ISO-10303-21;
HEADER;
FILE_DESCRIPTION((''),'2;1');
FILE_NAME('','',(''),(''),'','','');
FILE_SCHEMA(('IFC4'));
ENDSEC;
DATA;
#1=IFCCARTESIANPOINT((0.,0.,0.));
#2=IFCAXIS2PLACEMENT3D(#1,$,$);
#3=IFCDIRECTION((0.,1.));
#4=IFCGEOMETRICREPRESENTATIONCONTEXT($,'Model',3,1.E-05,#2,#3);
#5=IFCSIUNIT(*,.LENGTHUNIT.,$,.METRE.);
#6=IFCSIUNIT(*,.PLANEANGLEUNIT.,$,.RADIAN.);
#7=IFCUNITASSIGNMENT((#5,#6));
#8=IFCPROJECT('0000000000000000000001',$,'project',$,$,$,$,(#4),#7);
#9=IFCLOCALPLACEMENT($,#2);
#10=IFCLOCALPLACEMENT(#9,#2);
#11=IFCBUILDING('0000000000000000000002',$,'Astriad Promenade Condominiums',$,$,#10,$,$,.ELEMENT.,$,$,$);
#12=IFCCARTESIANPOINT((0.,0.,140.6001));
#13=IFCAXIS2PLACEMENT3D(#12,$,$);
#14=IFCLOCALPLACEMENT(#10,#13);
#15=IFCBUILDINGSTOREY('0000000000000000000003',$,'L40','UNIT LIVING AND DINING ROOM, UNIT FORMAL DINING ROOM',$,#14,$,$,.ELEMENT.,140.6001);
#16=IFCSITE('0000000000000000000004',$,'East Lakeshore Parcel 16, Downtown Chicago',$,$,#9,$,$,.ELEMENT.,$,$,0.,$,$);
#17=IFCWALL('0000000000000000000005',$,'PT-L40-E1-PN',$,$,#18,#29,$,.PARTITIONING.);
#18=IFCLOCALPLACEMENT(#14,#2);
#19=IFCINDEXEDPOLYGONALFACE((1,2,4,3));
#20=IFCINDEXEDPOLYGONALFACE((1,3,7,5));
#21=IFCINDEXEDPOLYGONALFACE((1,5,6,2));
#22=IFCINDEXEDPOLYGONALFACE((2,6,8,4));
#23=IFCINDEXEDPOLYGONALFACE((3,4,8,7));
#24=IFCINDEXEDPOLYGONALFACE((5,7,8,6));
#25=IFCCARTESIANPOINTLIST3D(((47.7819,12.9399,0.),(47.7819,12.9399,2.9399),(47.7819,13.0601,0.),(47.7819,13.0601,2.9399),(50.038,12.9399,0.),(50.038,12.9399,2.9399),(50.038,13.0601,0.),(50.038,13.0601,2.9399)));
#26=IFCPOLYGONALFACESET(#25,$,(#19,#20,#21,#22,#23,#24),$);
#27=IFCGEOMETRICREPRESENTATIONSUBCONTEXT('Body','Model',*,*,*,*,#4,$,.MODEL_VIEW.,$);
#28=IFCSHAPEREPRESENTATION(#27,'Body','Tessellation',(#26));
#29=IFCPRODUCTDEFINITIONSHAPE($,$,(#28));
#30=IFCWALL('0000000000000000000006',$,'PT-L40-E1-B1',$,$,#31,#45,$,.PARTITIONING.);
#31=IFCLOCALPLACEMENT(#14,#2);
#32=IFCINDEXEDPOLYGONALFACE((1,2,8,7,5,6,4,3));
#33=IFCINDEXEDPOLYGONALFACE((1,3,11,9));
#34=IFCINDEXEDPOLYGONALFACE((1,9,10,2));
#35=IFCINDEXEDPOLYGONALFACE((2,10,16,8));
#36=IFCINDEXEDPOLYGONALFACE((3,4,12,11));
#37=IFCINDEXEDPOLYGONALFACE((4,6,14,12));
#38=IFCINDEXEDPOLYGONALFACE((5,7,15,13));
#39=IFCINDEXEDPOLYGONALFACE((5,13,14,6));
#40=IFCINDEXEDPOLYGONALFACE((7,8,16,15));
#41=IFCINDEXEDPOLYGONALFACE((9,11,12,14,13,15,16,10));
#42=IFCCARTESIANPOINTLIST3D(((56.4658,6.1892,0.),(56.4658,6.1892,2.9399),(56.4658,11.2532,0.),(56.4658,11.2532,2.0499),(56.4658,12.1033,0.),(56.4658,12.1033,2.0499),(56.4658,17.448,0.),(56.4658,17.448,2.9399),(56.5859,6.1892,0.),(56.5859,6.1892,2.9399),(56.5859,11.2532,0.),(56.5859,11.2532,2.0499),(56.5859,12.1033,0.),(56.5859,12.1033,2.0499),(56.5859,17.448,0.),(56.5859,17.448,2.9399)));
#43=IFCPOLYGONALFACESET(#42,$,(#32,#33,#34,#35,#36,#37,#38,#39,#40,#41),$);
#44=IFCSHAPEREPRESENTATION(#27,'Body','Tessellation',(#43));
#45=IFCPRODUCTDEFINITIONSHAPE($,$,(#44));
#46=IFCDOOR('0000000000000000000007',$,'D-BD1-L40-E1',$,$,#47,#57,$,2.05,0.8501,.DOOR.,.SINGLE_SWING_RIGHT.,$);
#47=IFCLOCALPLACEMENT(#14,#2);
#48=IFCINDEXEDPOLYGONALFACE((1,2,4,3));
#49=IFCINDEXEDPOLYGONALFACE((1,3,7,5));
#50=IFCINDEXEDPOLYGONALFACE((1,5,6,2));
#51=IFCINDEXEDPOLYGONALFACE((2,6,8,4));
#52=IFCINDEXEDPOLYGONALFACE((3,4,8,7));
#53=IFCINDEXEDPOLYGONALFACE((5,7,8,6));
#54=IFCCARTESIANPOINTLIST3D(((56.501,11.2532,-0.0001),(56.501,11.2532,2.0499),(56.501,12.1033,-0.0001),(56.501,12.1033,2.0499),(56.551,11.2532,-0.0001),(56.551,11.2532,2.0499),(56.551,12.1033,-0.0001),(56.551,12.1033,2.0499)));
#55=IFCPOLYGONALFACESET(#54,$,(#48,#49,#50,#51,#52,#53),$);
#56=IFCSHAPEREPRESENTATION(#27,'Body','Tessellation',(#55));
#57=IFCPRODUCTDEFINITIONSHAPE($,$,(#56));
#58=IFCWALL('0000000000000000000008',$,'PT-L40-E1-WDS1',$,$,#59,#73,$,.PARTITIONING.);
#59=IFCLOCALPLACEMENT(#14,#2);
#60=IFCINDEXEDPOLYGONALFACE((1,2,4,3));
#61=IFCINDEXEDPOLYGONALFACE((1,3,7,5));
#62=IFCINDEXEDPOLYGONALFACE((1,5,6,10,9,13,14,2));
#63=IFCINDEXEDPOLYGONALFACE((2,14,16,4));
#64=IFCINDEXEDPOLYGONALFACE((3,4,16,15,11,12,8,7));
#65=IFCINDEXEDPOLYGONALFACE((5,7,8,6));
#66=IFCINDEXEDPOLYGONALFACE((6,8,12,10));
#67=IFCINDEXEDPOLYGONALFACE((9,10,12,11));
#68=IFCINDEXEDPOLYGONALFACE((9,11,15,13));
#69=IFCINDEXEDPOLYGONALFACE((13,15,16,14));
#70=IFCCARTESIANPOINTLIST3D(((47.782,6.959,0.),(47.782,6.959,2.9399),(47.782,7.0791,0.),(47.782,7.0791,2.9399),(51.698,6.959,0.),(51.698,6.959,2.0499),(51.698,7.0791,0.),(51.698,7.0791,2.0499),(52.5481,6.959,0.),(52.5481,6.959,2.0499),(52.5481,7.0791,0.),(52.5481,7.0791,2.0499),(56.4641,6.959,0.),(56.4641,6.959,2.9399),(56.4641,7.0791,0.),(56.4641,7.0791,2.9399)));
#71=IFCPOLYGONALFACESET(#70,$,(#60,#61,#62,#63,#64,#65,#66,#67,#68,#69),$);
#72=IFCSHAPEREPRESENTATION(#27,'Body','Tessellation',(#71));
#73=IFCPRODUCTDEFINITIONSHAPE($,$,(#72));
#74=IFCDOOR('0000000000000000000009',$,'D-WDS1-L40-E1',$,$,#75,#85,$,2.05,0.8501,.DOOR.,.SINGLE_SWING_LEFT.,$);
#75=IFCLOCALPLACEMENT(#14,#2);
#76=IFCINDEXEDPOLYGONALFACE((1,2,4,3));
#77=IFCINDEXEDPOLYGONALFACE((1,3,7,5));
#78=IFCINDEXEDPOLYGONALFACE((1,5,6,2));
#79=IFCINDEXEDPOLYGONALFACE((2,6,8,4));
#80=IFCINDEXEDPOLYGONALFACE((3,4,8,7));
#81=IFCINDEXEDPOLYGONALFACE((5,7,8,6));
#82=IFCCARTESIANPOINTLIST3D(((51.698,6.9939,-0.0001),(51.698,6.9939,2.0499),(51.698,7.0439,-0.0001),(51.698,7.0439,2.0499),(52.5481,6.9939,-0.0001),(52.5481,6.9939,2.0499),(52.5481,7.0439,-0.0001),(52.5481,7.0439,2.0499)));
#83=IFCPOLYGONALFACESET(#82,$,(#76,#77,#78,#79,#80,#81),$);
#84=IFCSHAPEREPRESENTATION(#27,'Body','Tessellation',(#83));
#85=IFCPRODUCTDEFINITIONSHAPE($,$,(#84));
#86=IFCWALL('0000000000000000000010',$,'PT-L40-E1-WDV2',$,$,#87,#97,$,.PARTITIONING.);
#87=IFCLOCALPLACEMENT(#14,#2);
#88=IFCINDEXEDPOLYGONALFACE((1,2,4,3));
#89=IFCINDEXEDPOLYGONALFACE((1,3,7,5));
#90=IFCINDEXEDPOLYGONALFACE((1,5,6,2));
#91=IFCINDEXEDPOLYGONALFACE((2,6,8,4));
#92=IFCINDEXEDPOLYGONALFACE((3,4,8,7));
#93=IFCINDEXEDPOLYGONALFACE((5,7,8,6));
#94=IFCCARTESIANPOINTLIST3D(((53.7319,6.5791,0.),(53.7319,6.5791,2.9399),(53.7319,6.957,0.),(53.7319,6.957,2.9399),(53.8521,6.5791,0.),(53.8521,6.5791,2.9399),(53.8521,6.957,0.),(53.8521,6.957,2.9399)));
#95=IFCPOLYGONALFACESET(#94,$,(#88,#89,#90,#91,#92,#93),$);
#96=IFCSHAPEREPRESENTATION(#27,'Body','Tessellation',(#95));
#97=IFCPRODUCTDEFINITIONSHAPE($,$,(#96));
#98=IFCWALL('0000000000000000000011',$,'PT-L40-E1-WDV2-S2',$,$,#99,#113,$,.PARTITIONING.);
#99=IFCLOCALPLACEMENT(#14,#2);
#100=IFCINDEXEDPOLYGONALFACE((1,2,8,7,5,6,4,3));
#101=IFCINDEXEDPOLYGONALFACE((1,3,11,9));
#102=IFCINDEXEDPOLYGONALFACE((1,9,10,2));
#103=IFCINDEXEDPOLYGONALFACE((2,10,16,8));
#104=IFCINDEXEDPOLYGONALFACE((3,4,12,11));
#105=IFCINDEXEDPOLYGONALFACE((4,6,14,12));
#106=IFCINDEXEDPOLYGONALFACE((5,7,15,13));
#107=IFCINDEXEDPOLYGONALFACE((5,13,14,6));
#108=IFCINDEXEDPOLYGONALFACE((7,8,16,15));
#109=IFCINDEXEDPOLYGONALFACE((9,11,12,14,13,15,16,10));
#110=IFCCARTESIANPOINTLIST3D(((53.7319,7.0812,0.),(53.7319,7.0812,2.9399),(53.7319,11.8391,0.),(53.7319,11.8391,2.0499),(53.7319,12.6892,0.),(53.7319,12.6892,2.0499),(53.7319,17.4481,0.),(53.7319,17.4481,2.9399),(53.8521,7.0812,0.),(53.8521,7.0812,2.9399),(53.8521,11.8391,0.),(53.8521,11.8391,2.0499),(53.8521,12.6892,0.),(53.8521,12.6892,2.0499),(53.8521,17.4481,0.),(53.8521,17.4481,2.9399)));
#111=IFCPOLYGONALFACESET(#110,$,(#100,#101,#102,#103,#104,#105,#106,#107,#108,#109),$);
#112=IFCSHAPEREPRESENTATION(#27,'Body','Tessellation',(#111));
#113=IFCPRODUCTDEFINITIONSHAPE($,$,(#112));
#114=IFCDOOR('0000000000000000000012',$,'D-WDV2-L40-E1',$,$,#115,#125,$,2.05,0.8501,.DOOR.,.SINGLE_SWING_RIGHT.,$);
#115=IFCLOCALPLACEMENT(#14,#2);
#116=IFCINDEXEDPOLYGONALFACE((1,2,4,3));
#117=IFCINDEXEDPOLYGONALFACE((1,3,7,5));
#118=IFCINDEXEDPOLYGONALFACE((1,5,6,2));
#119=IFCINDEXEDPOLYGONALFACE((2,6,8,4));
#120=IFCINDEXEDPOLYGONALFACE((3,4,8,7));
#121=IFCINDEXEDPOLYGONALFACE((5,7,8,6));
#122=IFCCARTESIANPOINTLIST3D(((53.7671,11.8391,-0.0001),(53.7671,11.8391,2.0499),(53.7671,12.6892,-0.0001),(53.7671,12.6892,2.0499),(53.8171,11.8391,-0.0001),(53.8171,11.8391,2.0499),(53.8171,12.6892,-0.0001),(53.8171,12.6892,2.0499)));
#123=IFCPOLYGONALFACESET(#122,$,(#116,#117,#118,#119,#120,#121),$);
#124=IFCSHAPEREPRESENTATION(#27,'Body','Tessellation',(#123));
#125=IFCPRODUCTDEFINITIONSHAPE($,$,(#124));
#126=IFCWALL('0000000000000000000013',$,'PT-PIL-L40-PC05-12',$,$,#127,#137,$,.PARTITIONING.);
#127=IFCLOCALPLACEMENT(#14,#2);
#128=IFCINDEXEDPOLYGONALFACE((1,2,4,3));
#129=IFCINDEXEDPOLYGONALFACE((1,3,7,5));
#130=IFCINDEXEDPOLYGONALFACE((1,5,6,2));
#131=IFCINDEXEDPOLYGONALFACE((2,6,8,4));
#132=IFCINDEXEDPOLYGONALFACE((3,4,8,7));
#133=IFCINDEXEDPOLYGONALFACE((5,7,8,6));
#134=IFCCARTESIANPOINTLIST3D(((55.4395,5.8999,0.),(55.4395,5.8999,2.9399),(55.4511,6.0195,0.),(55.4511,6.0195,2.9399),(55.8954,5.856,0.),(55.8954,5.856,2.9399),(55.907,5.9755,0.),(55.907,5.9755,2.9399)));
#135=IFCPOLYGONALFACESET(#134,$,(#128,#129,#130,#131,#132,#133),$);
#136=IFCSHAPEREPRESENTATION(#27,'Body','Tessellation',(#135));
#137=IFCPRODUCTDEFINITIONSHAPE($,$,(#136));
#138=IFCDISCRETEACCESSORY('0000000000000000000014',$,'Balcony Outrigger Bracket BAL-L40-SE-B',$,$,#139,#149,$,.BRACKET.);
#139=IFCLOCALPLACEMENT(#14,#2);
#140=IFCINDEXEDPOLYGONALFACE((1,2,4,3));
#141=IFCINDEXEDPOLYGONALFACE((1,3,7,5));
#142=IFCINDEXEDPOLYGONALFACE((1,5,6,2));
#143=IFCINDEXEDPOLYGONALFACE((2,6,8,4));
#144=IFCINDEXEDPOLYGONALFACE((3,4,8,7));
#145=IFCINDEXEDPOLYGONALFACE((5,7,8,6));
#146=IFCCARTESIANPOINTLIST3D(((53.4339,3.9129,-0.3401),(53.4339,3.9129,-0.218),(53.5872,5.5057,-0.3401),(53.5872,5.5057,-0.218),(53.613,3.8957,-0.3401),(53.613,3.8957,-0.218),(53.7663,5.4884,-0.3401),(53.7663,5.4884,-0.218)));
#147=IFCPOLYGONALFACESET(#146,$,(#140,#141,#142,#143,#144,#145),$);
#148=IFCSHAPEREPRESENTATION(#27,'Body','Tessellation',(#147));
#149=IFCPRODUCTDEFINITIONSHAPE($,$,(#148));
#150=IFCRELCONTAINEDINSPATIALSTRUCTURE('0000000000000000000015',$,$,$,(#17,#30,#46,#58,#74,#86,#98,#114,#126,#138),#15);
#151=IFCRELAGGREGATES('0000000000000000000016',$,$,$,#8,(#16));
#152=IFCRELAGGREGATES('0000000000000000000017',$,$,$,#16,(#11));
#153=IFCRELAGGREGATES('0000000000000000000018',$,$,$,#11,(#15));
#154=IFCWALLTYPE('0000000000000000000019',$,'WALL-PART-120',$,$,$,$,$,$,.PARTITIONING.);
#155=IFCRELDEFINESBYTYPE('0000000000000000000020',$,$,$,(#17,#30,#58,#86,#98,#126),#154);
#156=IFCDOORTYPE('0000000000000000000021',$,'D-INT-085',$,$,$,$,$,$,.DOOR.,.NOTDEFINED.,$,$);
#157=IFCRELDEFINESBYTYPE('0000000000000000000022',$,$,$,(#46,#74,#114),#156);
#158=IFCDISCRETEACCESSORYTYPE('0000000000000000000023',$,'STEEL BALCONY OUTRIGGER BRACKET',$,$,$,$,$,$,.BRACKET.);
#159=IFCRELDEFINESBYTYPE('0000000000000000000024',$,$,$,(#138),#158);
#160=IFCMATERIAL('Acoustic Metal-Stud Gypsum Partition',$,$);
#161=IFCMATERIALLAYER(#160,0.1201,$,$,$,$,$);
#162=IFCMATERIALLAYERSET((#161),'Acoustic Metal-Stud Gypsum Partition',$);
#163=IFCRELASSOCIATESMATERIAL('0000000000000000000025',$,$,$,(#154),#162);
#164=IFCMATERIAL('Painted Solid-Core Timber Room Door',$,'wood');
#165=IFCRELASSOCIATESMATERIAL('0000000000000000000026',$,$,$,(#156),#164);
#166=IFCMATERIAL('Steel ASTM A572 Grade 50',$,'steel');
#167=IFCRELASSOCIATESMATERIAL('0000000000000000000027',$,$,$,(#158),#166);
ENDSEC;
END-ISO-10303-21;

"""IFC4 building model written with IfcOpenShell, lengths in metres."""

from ifc_helpers import new_model, si_unit, direction, frame, frame_2d, origin, origin_2d, place, context, subcontext, project, spatial, rectangle, extrude, source, transform, mapped, material, layer, layer_set, type_object, type_shapes, element, fill, save


model = new_model("IFC4")

# Units and contexts
model_context = context("Model", 3, precision=1e-05, world=origin(), true_north=direction((0.0, 1.0)))
body_context = subcontext(model_context, "Body", "Model", "MODEL_VIEW")
ifc_project = project(units=[si_unit("LENGTHUNIT", "METRE"), si_unit("PLANEANGLEUNIT", "RADIAN")], contexts=[model_context])

# Site, building, storey
site_placement = place(None, origin())
site = spatial("IfcSite", under=ifc_project, at=site_placement, Name="East Lakeshore Parcel 16, Downtown Chicago", CompositionType="ELEMENT", RefElevation=0.0)
building_placement = place(site_placement, origin())
building = spatial("IfcBuilding", under=site, at=building_placement, Name="Astriad Promenade Condominiums", CompositionType="ELEMENT")
storey_placement = place(building_placement, frame((0.0, 0.0, 140.6001)))
storey = spatial("IfcBuildingStorey", under=building, at=storey_placement, Name="L40", Description="UNIT LIVING AND DINING ROOM, UNIT FORMAL DINING ROOM", CompositionType="ELEMENT", Elevation=140.6001)

# Shared definitions
ifc_material_1 = material(Name="Acoustic Metal-Stud Gypsum Partition")
ifc_layer_1 = layer(ifc_material_1, 0.1201)
ifc_layer_set_1 = layer_set([ifc_layer_1], Name="Acoustic Metal-Stud Gypsum Partition")
wall_type_1 = type_object("IfcWallType", Name="WALL-PART-120", PredefinedType="PARTITIONING", material=ifc_layer_set_1)

# Shared definitions
ifc_material_2 = material(Name="Painted Solid-Core Timber Room Door", Category="wood")
door_type_1 = type_object("IfcDoorType", Name="D-INT-085", OperationType="NOTDEFINED", PredefinedType="DOOR", material=ifc_material_2)
shared_shape_1 = source(origin(), body_context, "Body", "SweptSolid", [
    extrude(rectangle(XDim=0.8501, YDim=2.05, at=frame_2d((0.425, 1.0249))), frame((0.0, 0.0249, 0.0), z_axis=(0.0, -1.0, 0.0), x_axis=(1.0, 0.0, 0.0)), (0.0, 0.0, 1.0), 0.05),
])
type_shapes(door_type_1, [shared_shape_1])

# Wall
for number, where, z_axis, x_axis, name in (
    (1, (47.782, 13.0, 0.0), (0.0, 0.0, 1.0), (1.0, 0.0, 0.0), "PT-L40-E1-PN"),
):
    element("IfcWall", number, at=place(storey_placement, frame(where, z_axis=z_axis, x_axis=x_axis)), inside=storey, type_object=wall_type_1, Name=name, PredefinedType="PARTITIONING", context=body_context, shape_type="SweptSolid", body=[
        extrude(rectangle(XDim=2.2561, YDim=0.1201, at=frame_2d((1.1279, 0.0))), origin(), (0.0, 0.0, 1.0), 2.9399),
    ])

# Walls, openings, doors
wall_1_placement = place(storey_placement, frame((56.5259, 6.1892, 0.0), z_axis=(0.0, 0.0, 1.0), x_axis=(0.0, 1.0, 0.0)))
wall_1 = element("IfcWall", 2, at=wall_1_placement, inside=storey, type_object=wall_type_1, Name="PT-L40-E1-B1", PredefinedType="PARTITIONING", context=body_context, shape_type="SweptSolid", body=[
    extrude(rectangle(XDim=11.2588, YDim=0.1201, at=frame_2d((5.6294, 0.0))), origin(), (0.0, 0.0, 1.0), 2.9399),
])
opening_1_placement = place(wall_1_placement, frame((5.064, 0.0, 0.0)))
opening_1 = element("IfcOpeningElement", 3, at=opening_1_placement, cuts=wall_1, PredefinedType="OPENING", context=body_context, shape_type="SweptSolid", body=[
    extrude(rectangle(XDim=0.8501, YDim=2.05, at=frame_2d((0.425, 1.0249))), frame((0.0, 0.0701, 0.0), z_axis=(0.0, -1.0, 0.0), x_axis=(1.0, 0.0, 0.0)), (0.0, 0.0, 1.0), 0.1401),
])
door_1_placement = place(opening_1_placement, origin())
door_1 = element("IfcDoor", 4, at=door_1_placement, inside=storey, type_object=door_type_1, Name="D-BD1-L40-E1", OperationType="SINGLE_SWING_RIGHT", OverallHeight=2.05, OverallWidth=0.8501, PredefinedType="DOOR", context=body_context, shape_type="MappedRepresentation", body=[
    mapped(shared_shape_1, transform((0.0, 0.0, 0.0), scale=1.0)),
])
fill(opening_1, door_1)
wall_2_placement = place(storey_placement, frame((47.782, 7.019, 0.0), z_axis=(0.0, 0.0, 1.0), x_axis=(1.0, 0.0, 0.0)))
wall_2 = element("IfcWall", 5, at=wall_2_placement, inside=storey, type_object=wall_type_1, Name="PT-L40-E1-WDS1", PredefinedType="PARTITIONING", context=body_context, shape_type="SweptSolid", body=[
    extrude(rectangle(XDim=8.6821, YDim=0.1201, at=frame_2d((4.3411, 0.0))), origin(), (0.0, 0.0, 1.0), 2.9399),
])
opening_2_placement = place(wall_2_placement, frame((3.916, 0.0, 0.0)))
opening_2 = element("IfcOpeningElement", 6, at=opening_2_placement, cuts=wall_2, PredefinedType="OPENING", context=body_context, shape_type="SweptSolid", body=[
    extrude(rectangle(XDim=0.8501, YDim=2.05, at=frame_2d((0.425, 1.0249))), frame((0.0, 0.0701, 0.0), z_axis=(0.0, -1.0, 0.0), x_axis=(1.0, 0.0, 0.0)), (0.0, 0.0, 1.0), 0.1401),
])
door_2_placement = place(opening_2_placement, origin())
door_2 = element("IfcDoor", 7, at=door_2_placement, inside=storey, type_object=door_type_1, Name="D-WDS1-L40-E1", OperationType="SINGLE_SWING_LEFT", OverallHeight=2.05, OverallWidth=0.8501, PredefinedType="DOOR", context=body_context, shape_type="MappedRepresentation", body=[
    mapped(shared_shape_1, transform((0.0, 0.0, 0.0), scale=1.0)),
])
fill(opening_2, door_2)

# Wall
wall_3_placement = place(storey_placement, frame((53.792, 6.5791, 0.0), z_axis=(0.0, 0.0, 1.0), x_axis=(0.0, 1.0, 0.0)))
element("IfcWall", 8, at=wall_3_placement, inside=storey, type_object=wall_type_1, Name="PT-L40-E1-WDV2", PredefinedType="PARTITIONING", context=body_context, shape_type="SweptSolid", body=[
    extrude(rectangle(XDim=0.3779, YDim=0.1201, at=frame_2d((0.189, 0.0))), origin(), (0.0, 0.0, 1.0), 2.9399),
])

# Wall, opening, door
wall_4_placement = place(storey_placement, frame((53.792, 7.0811, 0.0), z_axis=(0.0, 0.0, 1.0), x_axis=(0.0, 1.0, 0.0)))
wall_4 = element("IfcWall", 9, at=wall_4_placement, inside=storey, type_object=wall_type_1, Name="PT-L40-E1-WDV2-S2", PredefinedType="PARTITIONING", context=body_context, shape_type="SweptSolid", body=[
    extrude(rectangle(XDim=10.3669, YDim=0.1201, at=frame_2d((5.1836, 0.0))), origin(), (0.0, 0.0, 1.0), 2.9399),
])
opening_3_placement = place(wall_4_placement, frame((4.7581, 0.0, 0.0)))
opening_3 = element("IfcOpeningElement", 10, at=opening_3_placement, cuts=wall_4, PredefinedType="OPENING", context=body_context, shape_type="SweptSolid", body=[
    extrude(rectangle(XDim=0.8501, YDim=2.05, at=frame_2d((0.425, 1.0249))), frame((0.0, 0.0701, 0.0), z_axis=(0.0, -1.0, 0.0), x_axis=(1.0, 0.0, 0.0)), (0.0, 0.0, 1.0), 0.1401),
])
door_3_placement = place(opening_3_placement, origin())
door_3 = element("IfcDoor", 11, at=door_3_placement, inside=storey, type_object=door_type_1, Name="D-WDV2-L40-E1", OperationType="SINGLE_SWING_RIGHT", OverallHeight=2.05, OverallWidth=0.8501, PredefinedType="DOOR", context=body_context, shape_type="MappedRepresentation", body=[
    mapped(shared_shape_1, transform((0.0, 0.0, 0.0), scale=1.0)),
])
fill(opening_3, door_3)

# Wall
wall_5_placement = place(storey_placement, frame((55.4453, 5.9597, 0.0), z_axis=(0.0, 0.0, 1.0), x_axis=(0.995385, -0.095966, 0.0)))
element("IfcWall", 12, at=wall_5_placement, inside=storey, type_object=wall_type_1, Name="PT-PIL-L40-PC05-12", PredefinedType="PARTITIONING", context=body_context, shape_type="SweptSolid", body=[
    extrude(rectangle(XDim=0.458, YDim=0.1201, at=frame_2d((0.229, 0.0))), origin(), (0.0, 0.0, 1.0), 2.9399),
])

# Discrete accessory
ifc_material_3 = material(Name="Steel ASTM A572 Grade 50", Category="steel")
discrete_accessory_type = type_object("IfcDiscreteAccessoryType", Name="STEEL BALCONY OUTRIGGER BRACKET", PredefinedType="BRACKET", material=ifc_material_3)
shared_shape_2 = source(origin(), body_context, "Body", "SweptSolid", [
    extrude(rectangle(XDim=1.6001, YDim=0.1799, at=origin_2d()), origin(), (0.0, 0.0, 1.0), 0.1221),
])
type_shapes(discrete_accessory_type, [shared_shape_2])
discrete_accessory_placement = place(storey_placement, frame((53.6001, 4.7007, -0.3401), z_axis=(0.0, 0.0, 1.0), x_axis=(-0.095846, -0.995396, 0.0)))
element("IfcDiscreteAccessory", 13, at=discrete_accessory_placement, inside=storey, type_object=discrete_accessory_type, Name="Balcony Outrigger Bracket BAL-L40-SE-B", PredefinedType="BRACKET", context=body_context, shape_type="MappedRepresentation", body=[
    mapped(shared_shape_2, transform((0.0, 0.0, 0.0), scale=1.0)),
])

save(model, "model.ifc")
